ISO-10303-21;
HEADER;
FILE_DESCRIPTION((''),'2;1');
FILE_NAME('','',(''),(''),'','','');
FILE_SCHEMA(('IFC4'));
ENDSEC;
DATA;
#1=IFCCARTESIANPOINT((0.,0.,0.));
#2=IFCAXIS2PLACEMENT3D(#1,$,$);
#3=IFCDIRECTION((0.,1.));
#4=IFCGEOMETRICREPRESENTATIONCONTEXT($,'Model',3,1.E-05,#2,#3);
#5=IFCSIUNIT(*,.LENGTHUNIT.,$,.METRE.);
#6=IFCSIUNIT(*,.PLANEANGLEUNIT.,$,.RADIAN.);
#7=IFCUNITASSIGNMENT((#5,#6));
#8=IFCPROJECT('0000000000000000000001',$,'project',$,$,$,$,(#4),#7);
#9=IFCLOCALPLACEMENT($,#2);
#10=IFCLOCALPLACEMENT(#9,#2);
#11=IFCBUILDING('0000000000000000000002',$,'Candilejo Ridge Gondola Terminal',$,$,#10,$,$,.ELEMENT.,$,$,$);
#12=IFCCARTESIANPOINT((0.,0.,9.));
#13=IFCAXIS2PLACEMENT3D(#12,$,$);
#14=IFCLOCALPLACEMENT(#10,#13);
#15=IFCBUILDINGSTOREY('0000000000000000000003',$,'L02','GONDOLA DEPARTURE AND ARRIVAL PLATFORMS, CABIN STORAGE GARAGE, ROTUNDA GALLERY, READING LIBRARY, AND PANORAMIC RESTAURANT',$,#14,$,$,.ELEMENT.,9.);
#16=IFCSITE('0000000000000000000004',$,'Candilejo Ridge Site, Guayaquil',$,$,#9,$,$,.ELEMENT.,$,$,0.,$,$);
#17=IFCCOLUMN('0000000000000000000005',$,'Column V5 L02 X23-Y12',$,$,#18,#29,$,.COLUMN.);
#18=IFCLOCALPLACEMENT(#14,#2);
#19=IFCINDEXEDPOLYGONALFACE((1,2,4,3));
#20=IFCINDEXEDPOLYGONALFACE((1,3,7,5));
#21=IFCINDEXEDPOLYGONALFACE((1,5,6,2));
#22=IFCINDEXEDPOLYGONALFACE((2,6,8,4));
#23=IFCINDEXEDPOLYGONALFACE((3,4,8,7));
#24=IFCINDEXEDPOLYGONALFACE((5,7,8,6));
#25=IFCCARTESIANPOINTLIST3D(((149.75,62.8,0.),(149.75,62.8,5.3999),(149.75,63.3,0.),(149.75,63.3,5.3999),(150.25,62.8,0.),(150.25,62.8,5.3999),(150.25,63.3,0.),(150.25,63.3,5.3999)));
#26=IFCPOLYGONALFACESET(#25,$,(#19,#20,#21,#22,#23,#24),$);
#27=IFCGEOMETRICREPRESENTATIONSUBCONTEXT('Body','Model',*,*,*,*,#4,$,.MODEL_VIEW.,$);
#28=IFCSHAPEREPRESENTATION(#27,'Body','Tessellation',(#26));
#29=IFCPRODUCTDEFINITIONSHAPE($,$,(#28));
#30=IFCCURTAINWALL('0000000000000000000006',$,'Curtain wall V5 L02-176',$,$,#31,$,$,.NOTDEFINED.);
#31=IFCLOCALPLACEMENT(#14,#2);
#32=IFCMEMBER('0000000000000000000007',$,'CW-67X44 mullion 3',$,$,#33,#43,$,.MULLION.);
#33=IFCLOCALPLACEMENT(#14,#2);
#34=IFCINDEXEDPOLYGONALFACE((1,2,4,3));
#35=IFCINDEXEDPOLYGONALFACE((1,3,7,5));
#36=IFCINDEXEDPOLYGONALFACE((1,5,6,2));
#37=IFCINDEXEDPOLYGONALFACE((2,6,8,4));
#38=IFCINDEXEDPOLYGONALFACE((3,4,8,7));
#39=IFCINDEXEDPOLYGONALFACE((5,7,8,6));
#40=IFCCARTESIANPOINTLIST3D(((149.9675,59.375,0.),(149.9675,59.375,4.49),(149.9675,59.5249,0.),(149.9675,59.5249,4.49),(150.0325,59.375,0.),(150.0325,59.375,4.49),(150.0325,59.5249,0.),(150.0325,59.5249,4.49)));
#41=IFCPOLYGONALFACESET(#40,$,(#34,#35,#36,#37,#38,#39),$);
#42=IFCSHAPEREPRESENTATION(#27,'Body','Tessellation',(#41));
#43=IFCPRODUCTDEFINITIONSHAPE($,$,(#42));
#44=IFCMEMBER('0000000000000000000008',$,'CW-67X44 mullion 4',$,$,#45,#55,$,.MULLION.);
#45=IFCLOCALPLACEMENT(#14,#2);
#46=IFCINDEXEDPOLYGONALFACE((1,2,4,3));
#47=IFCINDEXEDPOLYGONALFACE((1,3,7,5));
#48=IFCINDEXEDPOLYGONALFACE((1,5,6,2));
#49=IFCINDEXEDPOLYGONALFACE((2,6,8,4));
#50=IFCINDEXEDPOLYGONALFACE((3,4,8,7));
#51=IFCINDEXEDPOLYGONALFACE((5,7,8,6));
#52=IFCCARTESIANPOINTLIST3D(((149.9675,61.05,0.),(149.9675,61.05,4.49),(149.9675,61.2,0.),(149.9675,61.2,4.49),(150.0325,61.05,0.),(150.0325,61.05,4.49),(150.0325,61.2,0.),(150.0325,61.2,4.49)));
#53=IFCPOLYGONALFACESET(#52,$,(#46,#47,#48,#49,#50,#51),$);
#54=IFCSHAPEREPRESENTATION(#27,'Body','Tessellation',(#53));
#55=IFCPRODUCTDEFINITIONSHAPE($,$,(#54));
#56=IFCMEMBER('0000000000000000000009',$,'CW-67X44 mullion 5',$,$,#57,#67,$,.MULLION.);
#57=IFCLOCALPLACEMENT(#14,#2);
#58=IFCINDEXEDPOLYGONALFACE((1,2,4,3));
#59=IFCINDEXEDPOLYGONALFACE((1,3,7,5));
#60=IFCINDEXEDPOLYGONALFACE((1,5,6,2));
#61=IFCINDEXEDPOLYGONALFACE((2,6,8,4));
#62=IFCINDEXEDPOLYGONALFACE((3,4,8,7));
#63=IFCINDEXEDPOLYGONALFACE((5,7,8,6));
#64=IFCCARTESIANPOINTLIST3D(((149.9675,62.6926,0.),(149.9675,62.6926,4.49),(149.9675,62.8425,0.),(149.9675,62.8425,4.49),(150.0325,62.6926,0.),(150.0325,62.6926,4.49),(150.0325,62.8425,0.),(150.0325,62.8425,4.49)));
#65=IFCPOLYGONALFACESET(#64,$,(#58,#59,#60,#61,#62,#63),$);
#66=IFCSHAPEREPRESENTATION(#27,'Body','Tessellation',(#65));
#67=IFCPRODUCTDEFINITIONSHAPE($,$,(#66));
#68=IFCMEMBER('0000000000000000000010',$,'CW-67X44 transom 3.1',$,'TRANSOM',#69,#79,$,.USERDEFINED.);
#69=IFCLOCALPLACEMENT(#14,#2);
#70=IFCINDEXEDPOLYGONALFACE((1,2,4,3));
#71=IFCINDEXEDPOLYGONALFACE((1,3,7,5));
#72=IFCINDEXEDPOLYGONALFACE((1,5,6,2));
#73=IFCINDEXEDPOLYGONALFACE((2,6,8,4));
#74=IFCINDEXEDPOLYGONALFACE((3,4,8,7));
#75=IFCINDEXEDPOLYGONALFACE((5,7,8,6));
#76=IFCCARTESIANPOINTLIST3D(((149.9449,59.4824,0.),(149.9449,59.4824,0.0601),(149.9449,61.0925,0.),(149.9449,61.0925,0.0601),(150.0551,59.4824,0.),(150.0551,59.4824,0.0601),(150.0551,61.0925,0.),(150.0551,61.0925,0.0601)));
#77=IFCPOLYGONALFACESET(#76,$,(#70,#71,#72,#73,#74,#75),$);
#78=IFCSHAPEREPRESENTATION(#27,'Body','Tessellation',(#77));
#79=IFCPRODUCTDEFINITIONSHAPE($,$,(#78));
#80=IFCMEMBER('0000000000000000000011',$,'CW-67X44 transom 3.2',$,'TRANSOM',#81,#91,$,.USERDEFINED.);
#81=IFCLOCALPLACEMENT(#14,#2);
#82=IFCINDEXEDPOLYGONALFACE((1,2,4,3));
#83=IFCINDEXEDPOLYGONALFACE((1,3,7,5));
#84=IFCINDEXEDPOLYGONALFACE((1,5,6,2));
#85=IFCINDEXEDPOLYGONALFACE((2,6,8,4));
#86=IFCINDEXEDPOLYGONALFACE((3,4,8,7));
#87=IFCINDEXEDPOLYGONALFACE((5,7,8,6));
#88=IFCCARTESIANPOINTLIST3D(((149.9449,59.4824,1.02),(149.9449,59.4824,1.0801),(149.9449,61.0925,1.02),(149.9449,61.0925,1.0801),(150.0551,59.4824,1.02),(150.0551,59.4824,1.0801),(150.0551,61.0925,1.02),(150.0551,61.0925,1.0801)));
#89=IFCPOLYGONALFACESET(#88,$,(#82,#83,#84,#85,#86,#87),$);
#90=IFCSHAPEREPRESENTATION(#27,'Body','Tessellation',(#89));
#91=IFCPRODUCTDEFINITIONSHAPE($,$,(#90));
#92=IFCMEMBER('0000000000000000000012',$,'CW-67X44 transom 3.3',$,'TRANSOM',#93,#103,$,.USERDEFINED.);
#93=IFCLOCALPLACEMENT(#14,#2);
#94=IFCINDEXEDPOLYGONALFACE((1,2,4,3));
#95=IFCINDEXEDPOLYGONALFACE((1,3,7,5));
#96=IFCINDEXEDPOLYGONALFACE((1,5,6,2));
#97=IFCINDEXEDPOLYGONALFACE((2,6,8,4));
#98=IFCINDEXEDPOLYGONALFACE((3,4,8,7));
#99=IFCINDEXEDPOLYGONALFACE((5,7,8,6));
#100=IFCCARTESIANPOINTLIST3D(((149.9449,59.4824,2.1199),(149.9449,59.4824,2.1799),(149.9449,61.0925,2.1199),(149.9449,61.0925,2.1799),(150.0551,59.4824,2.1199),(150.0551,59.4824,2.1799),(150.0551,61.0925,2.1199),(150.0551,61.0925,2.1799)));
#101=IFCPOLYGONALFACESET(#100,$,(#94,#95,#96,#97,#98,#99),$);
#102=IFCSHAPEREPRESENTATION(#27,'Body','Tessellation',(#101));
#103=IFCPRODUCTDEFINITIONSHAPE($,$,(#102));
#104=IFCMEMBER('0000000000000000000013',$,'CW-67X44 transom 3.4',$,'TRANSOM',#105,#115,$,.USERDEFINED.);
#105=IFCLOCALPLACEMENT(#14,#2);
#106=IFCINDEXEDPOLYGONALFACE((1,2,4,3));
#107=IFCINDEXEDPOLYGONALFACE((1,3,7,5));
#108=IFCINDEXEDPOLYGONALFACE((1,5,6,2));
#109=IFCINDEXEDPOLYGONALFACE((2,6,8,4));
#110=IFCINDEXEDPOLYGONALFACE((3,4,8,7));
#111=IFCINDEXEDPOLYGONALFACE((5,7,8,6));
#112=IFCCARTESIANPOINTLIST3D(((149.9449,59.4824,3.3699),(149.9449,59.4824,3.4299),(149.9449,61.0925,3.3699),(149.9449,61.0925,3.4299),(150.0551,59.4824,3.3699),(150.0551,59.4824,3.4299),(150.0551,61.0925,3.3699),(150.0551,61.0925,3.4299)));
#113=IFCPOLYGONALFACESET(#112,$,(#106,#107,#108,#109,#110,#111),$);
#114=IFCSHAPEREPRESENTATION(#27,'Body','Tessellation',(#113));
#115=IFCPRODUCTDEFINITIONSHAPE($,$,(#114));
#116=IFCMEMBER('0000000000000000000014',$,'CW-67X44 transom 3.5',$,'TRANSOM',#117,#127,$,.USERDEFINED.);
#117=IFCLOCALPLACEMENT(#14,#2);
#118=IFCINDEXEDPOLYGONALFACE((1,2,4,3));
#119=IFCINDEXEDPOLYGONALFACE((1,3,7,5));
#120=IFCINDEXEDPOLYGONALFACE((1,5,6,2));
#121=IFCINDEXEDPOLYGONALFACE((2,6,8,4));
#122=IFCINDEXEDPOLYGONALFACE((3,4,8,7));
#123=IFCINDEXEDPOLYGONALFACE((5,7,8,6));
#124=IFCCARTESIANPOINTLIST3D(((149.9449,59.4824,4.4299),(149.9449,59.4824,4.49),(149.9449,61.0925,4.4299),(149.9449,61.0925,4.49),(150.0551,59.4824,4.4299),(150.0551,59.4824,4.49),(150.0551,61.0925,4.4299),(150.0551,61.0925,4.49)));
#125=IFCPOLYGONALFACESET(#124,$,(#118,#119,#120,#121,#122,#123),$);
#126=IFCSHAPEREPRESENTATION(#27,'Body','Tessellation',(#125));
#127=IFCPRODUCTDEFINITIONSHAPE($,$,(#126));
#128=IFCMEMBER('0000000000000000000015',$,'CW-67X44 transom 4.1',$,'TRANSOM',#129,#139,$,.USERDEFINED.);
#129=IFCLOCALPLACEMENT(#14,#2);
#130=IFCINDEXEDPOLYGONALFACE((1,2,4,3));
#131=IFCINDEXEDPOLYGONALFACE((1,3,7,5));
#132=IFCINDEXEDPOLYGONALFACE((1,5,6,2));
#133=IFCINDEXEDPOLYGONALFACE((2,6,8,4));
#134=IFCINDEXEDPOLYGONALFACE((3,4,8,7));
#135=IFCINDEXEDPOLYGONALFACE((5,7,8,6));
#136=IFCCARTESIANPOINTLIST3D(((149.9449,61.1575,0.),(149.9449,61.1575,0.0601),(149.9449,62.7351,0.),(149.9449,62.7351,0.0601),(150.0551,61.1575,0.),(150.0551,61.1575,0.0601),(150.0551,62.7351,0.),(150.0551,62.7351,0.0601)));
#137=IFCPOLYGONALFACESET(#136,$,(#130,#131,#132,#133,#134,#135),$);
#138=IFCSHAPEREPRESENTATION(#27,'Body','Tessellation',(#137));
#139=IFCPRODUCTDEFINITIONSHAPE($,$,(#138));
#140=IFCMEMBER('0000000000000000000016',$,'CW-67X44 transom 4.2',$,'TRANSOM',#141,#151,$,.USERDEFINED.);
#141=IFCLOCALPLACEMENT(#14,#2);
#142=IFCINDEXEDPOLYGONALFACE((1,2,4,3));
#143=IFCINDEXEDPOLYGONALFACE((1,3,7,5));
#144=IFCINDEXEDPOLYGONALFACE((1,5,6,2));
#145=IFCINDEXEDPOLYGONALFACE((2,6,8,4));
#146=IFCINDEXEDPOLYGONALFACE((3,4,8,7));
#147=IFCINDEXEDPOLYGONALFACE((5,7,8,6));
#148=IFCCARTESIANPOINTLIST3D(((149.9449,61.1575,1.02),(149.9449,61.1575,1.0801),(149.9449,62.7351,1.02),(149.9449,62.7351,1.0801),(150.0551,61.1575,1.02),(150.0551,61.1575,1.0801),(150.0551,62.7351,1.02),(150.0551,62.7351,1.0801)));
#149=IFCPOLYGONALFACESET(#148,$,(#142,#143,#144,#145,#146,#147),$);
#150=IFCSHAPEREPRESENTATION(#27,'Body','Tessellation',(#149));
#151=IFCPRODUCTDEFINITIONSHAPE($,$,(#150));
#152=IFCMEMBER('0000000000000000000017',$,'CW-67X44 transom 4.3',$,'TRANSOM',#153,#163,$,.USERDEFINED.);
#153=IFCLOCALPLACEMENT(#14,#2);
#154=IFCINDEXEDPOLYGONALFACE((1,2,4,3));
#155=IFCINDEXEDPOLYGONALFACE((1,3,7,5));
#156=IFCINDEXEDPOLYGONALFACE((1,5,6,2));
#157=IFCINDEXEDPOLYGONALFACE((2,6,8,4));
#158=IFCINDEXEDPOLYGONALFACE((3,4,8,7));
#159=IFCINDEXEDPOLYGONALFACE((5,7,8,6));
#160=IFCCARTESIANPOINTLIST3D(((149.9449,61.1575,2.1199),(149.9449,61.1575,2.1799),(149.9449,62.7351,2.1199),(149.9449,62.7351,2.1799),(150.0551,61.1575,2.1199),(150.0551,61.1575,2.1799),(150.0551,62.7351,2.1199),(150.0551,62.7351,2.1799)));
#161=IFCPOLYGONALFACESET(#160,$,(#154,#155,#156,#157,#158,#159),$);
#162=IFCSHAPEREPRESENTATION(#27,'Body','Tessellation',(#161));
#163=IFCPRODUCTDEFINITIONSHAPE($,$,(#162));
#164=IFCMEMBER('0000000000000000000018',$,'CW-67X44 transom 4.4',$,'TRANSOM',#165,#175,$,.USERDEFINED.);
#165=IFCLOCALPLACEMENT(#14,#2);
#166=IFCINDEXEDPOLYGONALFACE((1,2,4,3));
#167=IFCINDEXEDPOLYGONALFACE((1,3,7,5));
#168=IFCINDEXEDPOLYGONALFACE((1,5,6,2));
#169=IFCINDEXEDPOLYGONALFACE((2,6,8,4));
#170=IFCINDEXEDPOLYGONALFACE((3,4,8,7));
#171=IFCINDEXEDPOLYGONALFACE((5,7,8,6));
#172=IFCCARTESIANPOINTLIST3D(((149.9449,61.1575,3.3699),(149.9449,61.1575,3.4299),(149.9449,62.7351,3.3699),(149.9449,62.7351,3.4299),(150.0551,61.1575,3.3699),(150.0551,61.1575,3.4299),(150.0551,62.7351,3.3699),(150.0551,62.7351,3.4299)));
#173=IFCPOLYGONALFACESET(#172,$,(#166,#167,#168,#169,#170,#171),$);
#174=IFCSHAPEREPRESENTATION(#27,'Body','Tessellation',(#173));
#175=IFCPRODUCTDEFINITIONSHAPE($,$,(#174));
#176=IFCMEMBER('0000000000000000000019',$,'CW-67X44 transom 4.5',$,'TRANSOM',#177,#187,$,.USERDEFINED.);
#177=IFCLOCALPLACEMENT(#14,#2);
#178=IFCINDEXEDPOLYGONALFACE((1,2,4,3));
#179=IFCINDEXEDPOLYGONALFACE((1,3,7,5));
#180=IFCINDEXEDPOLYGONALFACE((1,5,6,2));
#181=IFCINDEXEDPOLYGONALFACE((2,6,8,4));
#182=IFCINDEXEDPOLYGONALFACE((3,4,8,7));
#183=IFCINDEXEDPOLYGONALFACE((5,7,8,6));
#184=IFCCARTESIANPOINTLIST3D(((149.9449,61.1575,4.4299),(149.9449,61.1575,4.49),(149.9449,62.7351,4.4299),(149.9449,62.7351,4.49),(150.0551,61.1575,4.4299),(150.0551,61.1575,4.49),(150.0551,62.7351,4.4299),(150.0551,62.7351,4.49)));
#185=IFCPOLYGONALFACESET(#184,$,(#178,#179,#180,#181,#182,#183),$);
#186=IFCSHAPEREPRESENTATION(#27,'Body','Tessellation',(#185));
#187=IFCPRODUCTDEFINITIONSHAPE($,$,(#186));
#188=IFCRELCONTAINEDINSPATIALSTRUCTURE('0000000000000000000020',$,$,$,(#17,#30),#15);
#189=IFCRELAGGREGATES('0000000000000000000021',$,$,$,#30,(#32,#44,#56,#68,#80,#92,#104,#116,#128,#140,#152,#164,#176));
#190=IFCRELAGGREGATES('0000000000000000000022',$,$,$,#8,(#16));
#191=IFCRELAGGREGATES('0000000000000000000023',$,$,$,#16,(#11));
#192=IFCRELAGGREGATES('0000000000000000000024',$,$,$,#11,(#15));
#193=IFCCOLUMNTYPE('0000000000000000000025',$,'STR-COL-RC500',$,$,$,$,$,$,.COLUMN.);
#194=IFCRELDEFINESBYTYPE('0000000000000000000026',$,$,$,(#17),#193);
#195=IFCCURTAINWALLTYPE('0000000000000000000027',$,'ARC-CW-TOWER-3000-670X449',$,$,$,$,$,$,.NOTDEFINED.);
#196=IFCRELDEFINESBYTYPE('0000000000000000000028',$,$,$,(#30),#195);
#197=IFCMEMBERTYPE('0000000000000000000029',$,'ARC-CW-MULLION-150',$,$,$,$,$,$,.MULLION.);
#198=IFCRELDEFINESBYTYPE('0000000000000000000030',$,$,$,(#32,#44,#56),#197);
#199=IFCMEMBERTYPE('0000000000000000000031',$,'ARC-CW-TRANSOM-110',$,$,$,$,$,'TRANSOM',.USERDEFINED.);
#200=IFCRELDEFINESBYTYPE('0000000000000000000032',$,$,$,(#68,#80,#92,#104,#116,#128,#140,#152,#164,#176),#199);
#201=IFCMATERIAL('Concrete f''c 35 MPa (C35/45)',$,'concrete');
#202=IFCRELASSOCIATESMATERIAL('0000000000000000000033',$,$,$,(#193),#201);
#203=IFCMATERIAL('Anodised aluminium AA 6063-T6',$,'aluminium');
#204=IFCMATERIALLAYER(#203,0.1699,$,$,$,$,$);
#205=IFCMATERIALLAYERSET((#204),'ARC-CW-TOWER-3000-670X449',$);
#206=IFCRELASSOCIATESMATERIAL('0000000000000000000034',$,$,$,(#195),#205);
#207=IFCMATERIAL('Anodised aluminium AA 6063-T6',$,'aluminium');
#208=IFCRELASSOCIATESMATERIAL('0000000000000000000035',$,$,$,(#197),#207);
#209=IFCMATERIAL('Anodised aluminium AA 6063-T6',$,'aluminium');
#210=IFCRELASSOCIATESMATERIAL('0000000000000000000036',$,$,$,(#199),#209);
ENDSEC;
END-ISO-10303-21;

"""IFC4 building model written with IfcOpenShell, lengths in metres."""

from ifc_helpers import new_model, si_unit, direction, frame, origin, origin_2d, place, context, subcontext, project, spatial, rectangle, extrude, material, layer, layer_set, material_profile, profile_set, type_object, element, aggregate, save


model = new_model("IFC4")

# Units and contexts
model_context = context("Model", 3, precision=1e-05, world=origin(), true_north=direction((0.0, 1.0)))
body_context = subcontext(model_context, "Body", "Model", "MODEL_VIEW")
ifc_project = project(units=[si_unit("LENGTHUNIT", "METRE"), si_unit("PLANEANGLEUNIT", "RADIAN")], contexts=[model_context])

# Site, building, storey
site_placement = place(None, origin())
site = spatial("IfcSite", under=ifc_project, at=site_placement, Name="Candilejo Ridge Site, Guayaquil", CompositionType="ELEMENT", RefElevation=0.0)
building_placement = place(site_placement, origin())
building = spatial("IfcBuilding", under=site, at=building_placement, Name="Candilejo Ridge Gondola Terminal", CompositionType="ELEMENT")
storey_placement = place(building_placement, frame((0.0, 0.0, 9.0)))
storey = spatial("IfcBuildingStorey", under=building, at=storey_placement, Name="L02", Description="GONDOLA DEPARTURE AND ARRIVAL PLATFORMS, CABIN STORAGE GARAGE, ROTUNDA GALLERY, READING LIBRARY, AND PANORAMIC RESTAURANT", CompositionType="ELEMENT", Elevation=9.0)

# Column
ifc_material_1 = material(Name="Concrete f'c 35 MPa (C35/45)", Category="concrete")
ifc_material_profile_1 = material_profile(ifc_material_1, rectangle(XDim=0.5, YDim=0.5, at=origin_2d()))
ifc_profile_set_1 = profile_set([ifc_material_profile_1], Name="Concrete f'c 35 MPa (C35/45)")
column_type = type_object("IfcColumnType", Name="STR-COL-RC500", PredefinedType="COLUMN", material=ifc_profile_set_1)
column_placement = place(storey_placement, frame((150.0, 63.05, 0.0), z_axis=(0.0, 0.0, 1.0), x_axis=(1.0, 0.0, 0.0)))
element("IfcColumn", 1, at=column_placement, inside=storey, type_object=column_type, Name="Column V5 L02 X23-Y12", PredefinedType="COLUMN", context=body_context, shape_type="SweptSolid", body=[
    extrude(rectangle(XDim=0.5, YDim=0.5, at=origin_2d()), origin(), (0.0, 0.0, 1.0), 5.3999),
])

# Curtain wall, members
ifc_material_2 = material(Name="Anodised aluminium AA 6063-T6", Category="aluminium")
ifc_layer_1 = layer(ifc_material_2, 0.1699)
ifc_layer_set_1 = layer_set([ifc_layer_1], Name="ARC-CW-TOWER-3000-670X449")
curtain_wall_type = type_object("IfcCurtainWallType", Name="ARC-CW-TOWER-3000-670X449", PredefinedType="NOTDEFINED", material=ifc_layer_set_1)
curtain_wall_placement = place(storey_placement, origin())
curtain_wall = element("IfcCurtainWall", 2, at=curtain_wall_placement, inside=storey, type_object=curtain_wall_type, Name="Curtain wall V5 L02-176", PredefinedType="NOTDEFINED")
ifc_material_3 = material(Name="Anodised aluminium AA 6063-T6", Category="aluminium")
ifc_material_profile_2 = material_profile(ifc_material_3, rectangle(XDim=0.0649, YDim=0.1499, at=origin_2d()))
ifc_profile_set_2 = profile_set([ifc_material_profile_2], Name="Anodised aluminium AA 6063-T6")
member_type_1 = type_object("IfcMemberType", Name="ARC-CW-MULLION-150", PredefinedType="MULLION", material=ifc_profile_set_2)
member_1_placement = place(storey_placement, frame((150.0, 59.45, 0.0), z_axis=(0.0, 0.0, 1.0), x_axis=(-1.0, 0.0, 0.0)))
member_1 = element("IfcMember", 3, at=member_1_placement, type_object=member_type_1, Name="CW-67X44 mullion 3", PredefinedType="MULLION", context=body_context, shape_type="SweptSolid", body=[
    extrude(rectangle(XDim=0.0649, YDim=0.1499, at=origin_2d()), origin(), (0.0, 0.0, 1.0), 4.49),
])
member_2_placement = place(storey_placement, frame((150.0, 61.125, 0.0), z_axis=(0.0, 0.0, 1.0), x_axis=(-1.0, 0.0, 0.0)))
member_2 = element("IfcMember", 4, at=member_2_placement, type_object=member_type_1, Name="CW-67X44 mullion 4", PredefinedType="MULLION", context=body_context, shape_type="SweptSolid", body=[
    extrude(rectangle(XDim=0.0649, YDim=0.1499, at=origin_2d()), origin(), (0.0, 0.0, 1.0), 4.49),
])
member_3_placement = place(storey_placement, frame((150.0, 62.7676, 0.0), z_axis=(0.0, 0.0, 1.0), x_axis=(-1.0, 0.0, 0.0)))
member_3 = element("IfcMember", 5, at=member_3_placement, type_object=member_type_1, Name="CW-67X44 mullion 5", PredefinedType="MULLION", context=body_context, shape_type="SweptSolid", body=[
    extrude(rectangle(XDim=0.0649, YDim=0.1499, at=origin_2d()), origin(), (0.0, 0.0, 1.0), 4.49),
])
ifc_material_4 = material(Name="Anodised aluminium AA 6063-T6", Category="aluminium")
ifc_material_profile_3 = material_profile(ifc_material_4, rectangle(XDim=0.1101, YDim=0.0601, at=origin_2d()))
ifc_profile_set_3 = profile_set([ifc_material_profile_3], Name="Anodised aluminium AA 6063-T6")
member_type_2 = type_object("IfcMemberType", Name="ARC-CW-TRANSOM-110", ElementType="TRANSOM", PredefinedType="USERDEFINED", material=ifc_profile_set_3)
member_4_placement = place(storey_placement, frame((150.0, 59.4824, 0.03), z_axis=(0.0, 1.0, 0.0), x_axis=(-1.0, 0.0, 0.0)))
member_4 = element("IfcMember", 6, at=member_4_placement, type_object=member_type_2, Name="CW-67X44 transom 3.1", ObjectType="TRANSOM", PredefinedType="USERDEFINED", context=body_context, shape_type="SweptSolid", body=[
    extrude(rectangle(XDim=0.1101, YDim=0.0601, at=origin_2d()), origin(), (0.0, 0.0, 1.0), 1.6101),
])
member_5_placement = place(storey_placement, frame((150.0, 59.4824, 1.05), z_axis=(0.0, 1.0, 0.0), x_axis=(-1.0, 0.0, 0.0)))
member_5 = element("IfcMember", 7, at=member_5_placement, type_object=member_type_2, Name="CW-67X44 transom 3.2", ObjectType="TRANSOM", PredefinedType="USERDEFINED", context=body_context, shape_type="SweptSolid", body=[
    extrude(rectangle(XDim=0.1101, YDim=0.0601, at=origin_2d()), origin(), (0.0, 0.0, 1.0), 1.6101),
])
member_6_placement = place(storey_placement, frame((150.0, 59.4824, 2.1499), z_axis=(0.0, 1.0, 0.0), x_axis=(-1.0, 0.0, 0.0)))
member_6 = element("IfcMember", 8, at=member_6_placement, type_object=member_type_2, Name="CW-67X44 transom 3.3", ObjectType="TRANSOM", PredefinedType="USERDEFINED", context=body_context, shape_type="SweptSolid", body=[
    extrude(rectangle(XDim=0.1101, YDim=0.0601, at=origin_2d()), origin(), (0.0, 0.0, 1.0), 1.6101),
])
member_7_placement = place(storey_placement, frame((150.0, 59.4824, 3.3999), z_axis=(0.0, 1.0, 0.0), x_axis=(-1.0, 0.0, 0.0)))
member_7 = element("IfcMember", 9, at=member_7_placement, type_object=member_type_2, Name="CW-67X44 transom 3.4", ObjectType="TRANSOM", PredefinedType="USERDEFINED", context=body_context, shape_type="SweptSolid", body=[
    extrude(rectangle(XDim=0.1101, YDim=0.0601, at=origin_2d()), origin(), (0.0, 0.0, 1.0), 1.6101),
])
member_8_placement = place(storey_placement, frame((150.0, 59.4824, 4.46), z_axis=(0.0, 1.0, 0.0), x_axis=(-1.0, 0.0, 0.0)))
member_8 = element("IfcMember", 10, at=member_8_placement, type_object=member_type_2, Name="CW-67X44 transom 3.5", ObjectType="TRANSOM", PredefinedType="USERDEFINED", context=body_context, shape_type="SweptSolid", body=[
    extrude(rectangle(XDim=0.1101, YDim=0.0601, at=origin_2d()), origin(), (0.0, 0.0, 1.0), 1.6101),
])
member_9_placement = place(storey_placement, frame((150.0, 61.1575, 0.03), z_axis=(0.0, 1.0, 0.0), x_axis=(-1.0, 0.0, 0.0)))
member_9 = element("IfcMember", 11, at=member_9_placement, type_object=member_type_2, Name="CW-67X44 transom 4.1", ObjectType="TRANSOM", PredefinedType="USERDEFINED", context=body_context, shape_type="SweptSolid", body=[
    extrude(rectangle(XDim=0.1101, YDim=0.0601, at=origin_2d()), origin(), (0.0, 0.0, 1.0), 1.5776),
])
member_10_placement = place(storey_placement, frame((150.0, 61.1575, 1.05), z_axis=(0.0, 1.0, 0.0), x_axis=(-1.0, 0.0, 0.0)))
member_10 = element("IfcMember", 12, at=member_10_placement, type_object=member_type_2, Name="CW-67X44 transom 4.2", ObjectType="TRANSOM", PredefinedType="USERDEFINED", context=body_context, shape_type="SweptSolid", body=[
    extrude(rectangle(XDim=0.1101, YDim=0.0601, at=origin_2d()), origin(), (0.0, 0.0, 1.0), 1.5776),
])
member_11_placement = place(storey_placement, frame((150.0, 61.1575, 2.1499), z_axis=(0.0, 1.0, 0.0), x_axis=(-1.0, 0.0, 0.0)))
member_11 = element("IfcMember", 13, at=member_11_placement, type_object=member_type_2, Name="CW-67X44 transom 4.3", ObjectType="TRANSOM", PredefinedType="USERDEFINED", context=body_context, shape_type="SweptSolid", body=[
    extrude(rectangle(XDim=0.1101, YDim=0.0601, at=origin_2d()), origin(), (0.0, 0.0, 1.0), 1.5776),
])
member_12_placement = place(storey_placement, frame((150.0, 61.1575, 3.3999), z_axis=(0.0, 1.0, 0.0), x_axis=(-1.0, 0.0, 0.0)))
member_12 = element("IfcMember", 14, at=member_12_placement, type_object=member_type_2, Name="CW-67X44 transom 4.4", ObjectType="TRANSOM", PredefinedType="USERDEFINED", context=body_context, shape_type="SweptSolid", body=[
    extrude(rectangle(XDim=0.1101, YDim=0.0601, at=origin_2d()), origin(), (0.0, 0.0, 1.0), 1.5776),
])
member_13_placement = place(storey_placement, frame((150.0, 61.1575, 4.46), z_axis=(0.0, 1.0, 0.0), x_axis=(-1.0, 0.0, 0.0)))
member_13 = element("IfcMember", 15, at=member_13_placement, type_object=member_type_2, Name="CW-67X44 transom 4.5", ObjectType="TRANSOM", PredefinedType="USERDEFINED", context=body_context, shape_type="SweptSolid", body=[
    extrude(rectangle(XDim=0.1101, YDim=0.0601, at=origin_2d()), origin(), (0.0, 0.0, 1.0), 1.5776),
])

aggregate(curtain_wall, [member_1, member_2, member_3, member_4, member_5, member_6, member_7, member_8, member_9, member_10, member_11, member_12, member_13])

save(model, "model.ifc")
